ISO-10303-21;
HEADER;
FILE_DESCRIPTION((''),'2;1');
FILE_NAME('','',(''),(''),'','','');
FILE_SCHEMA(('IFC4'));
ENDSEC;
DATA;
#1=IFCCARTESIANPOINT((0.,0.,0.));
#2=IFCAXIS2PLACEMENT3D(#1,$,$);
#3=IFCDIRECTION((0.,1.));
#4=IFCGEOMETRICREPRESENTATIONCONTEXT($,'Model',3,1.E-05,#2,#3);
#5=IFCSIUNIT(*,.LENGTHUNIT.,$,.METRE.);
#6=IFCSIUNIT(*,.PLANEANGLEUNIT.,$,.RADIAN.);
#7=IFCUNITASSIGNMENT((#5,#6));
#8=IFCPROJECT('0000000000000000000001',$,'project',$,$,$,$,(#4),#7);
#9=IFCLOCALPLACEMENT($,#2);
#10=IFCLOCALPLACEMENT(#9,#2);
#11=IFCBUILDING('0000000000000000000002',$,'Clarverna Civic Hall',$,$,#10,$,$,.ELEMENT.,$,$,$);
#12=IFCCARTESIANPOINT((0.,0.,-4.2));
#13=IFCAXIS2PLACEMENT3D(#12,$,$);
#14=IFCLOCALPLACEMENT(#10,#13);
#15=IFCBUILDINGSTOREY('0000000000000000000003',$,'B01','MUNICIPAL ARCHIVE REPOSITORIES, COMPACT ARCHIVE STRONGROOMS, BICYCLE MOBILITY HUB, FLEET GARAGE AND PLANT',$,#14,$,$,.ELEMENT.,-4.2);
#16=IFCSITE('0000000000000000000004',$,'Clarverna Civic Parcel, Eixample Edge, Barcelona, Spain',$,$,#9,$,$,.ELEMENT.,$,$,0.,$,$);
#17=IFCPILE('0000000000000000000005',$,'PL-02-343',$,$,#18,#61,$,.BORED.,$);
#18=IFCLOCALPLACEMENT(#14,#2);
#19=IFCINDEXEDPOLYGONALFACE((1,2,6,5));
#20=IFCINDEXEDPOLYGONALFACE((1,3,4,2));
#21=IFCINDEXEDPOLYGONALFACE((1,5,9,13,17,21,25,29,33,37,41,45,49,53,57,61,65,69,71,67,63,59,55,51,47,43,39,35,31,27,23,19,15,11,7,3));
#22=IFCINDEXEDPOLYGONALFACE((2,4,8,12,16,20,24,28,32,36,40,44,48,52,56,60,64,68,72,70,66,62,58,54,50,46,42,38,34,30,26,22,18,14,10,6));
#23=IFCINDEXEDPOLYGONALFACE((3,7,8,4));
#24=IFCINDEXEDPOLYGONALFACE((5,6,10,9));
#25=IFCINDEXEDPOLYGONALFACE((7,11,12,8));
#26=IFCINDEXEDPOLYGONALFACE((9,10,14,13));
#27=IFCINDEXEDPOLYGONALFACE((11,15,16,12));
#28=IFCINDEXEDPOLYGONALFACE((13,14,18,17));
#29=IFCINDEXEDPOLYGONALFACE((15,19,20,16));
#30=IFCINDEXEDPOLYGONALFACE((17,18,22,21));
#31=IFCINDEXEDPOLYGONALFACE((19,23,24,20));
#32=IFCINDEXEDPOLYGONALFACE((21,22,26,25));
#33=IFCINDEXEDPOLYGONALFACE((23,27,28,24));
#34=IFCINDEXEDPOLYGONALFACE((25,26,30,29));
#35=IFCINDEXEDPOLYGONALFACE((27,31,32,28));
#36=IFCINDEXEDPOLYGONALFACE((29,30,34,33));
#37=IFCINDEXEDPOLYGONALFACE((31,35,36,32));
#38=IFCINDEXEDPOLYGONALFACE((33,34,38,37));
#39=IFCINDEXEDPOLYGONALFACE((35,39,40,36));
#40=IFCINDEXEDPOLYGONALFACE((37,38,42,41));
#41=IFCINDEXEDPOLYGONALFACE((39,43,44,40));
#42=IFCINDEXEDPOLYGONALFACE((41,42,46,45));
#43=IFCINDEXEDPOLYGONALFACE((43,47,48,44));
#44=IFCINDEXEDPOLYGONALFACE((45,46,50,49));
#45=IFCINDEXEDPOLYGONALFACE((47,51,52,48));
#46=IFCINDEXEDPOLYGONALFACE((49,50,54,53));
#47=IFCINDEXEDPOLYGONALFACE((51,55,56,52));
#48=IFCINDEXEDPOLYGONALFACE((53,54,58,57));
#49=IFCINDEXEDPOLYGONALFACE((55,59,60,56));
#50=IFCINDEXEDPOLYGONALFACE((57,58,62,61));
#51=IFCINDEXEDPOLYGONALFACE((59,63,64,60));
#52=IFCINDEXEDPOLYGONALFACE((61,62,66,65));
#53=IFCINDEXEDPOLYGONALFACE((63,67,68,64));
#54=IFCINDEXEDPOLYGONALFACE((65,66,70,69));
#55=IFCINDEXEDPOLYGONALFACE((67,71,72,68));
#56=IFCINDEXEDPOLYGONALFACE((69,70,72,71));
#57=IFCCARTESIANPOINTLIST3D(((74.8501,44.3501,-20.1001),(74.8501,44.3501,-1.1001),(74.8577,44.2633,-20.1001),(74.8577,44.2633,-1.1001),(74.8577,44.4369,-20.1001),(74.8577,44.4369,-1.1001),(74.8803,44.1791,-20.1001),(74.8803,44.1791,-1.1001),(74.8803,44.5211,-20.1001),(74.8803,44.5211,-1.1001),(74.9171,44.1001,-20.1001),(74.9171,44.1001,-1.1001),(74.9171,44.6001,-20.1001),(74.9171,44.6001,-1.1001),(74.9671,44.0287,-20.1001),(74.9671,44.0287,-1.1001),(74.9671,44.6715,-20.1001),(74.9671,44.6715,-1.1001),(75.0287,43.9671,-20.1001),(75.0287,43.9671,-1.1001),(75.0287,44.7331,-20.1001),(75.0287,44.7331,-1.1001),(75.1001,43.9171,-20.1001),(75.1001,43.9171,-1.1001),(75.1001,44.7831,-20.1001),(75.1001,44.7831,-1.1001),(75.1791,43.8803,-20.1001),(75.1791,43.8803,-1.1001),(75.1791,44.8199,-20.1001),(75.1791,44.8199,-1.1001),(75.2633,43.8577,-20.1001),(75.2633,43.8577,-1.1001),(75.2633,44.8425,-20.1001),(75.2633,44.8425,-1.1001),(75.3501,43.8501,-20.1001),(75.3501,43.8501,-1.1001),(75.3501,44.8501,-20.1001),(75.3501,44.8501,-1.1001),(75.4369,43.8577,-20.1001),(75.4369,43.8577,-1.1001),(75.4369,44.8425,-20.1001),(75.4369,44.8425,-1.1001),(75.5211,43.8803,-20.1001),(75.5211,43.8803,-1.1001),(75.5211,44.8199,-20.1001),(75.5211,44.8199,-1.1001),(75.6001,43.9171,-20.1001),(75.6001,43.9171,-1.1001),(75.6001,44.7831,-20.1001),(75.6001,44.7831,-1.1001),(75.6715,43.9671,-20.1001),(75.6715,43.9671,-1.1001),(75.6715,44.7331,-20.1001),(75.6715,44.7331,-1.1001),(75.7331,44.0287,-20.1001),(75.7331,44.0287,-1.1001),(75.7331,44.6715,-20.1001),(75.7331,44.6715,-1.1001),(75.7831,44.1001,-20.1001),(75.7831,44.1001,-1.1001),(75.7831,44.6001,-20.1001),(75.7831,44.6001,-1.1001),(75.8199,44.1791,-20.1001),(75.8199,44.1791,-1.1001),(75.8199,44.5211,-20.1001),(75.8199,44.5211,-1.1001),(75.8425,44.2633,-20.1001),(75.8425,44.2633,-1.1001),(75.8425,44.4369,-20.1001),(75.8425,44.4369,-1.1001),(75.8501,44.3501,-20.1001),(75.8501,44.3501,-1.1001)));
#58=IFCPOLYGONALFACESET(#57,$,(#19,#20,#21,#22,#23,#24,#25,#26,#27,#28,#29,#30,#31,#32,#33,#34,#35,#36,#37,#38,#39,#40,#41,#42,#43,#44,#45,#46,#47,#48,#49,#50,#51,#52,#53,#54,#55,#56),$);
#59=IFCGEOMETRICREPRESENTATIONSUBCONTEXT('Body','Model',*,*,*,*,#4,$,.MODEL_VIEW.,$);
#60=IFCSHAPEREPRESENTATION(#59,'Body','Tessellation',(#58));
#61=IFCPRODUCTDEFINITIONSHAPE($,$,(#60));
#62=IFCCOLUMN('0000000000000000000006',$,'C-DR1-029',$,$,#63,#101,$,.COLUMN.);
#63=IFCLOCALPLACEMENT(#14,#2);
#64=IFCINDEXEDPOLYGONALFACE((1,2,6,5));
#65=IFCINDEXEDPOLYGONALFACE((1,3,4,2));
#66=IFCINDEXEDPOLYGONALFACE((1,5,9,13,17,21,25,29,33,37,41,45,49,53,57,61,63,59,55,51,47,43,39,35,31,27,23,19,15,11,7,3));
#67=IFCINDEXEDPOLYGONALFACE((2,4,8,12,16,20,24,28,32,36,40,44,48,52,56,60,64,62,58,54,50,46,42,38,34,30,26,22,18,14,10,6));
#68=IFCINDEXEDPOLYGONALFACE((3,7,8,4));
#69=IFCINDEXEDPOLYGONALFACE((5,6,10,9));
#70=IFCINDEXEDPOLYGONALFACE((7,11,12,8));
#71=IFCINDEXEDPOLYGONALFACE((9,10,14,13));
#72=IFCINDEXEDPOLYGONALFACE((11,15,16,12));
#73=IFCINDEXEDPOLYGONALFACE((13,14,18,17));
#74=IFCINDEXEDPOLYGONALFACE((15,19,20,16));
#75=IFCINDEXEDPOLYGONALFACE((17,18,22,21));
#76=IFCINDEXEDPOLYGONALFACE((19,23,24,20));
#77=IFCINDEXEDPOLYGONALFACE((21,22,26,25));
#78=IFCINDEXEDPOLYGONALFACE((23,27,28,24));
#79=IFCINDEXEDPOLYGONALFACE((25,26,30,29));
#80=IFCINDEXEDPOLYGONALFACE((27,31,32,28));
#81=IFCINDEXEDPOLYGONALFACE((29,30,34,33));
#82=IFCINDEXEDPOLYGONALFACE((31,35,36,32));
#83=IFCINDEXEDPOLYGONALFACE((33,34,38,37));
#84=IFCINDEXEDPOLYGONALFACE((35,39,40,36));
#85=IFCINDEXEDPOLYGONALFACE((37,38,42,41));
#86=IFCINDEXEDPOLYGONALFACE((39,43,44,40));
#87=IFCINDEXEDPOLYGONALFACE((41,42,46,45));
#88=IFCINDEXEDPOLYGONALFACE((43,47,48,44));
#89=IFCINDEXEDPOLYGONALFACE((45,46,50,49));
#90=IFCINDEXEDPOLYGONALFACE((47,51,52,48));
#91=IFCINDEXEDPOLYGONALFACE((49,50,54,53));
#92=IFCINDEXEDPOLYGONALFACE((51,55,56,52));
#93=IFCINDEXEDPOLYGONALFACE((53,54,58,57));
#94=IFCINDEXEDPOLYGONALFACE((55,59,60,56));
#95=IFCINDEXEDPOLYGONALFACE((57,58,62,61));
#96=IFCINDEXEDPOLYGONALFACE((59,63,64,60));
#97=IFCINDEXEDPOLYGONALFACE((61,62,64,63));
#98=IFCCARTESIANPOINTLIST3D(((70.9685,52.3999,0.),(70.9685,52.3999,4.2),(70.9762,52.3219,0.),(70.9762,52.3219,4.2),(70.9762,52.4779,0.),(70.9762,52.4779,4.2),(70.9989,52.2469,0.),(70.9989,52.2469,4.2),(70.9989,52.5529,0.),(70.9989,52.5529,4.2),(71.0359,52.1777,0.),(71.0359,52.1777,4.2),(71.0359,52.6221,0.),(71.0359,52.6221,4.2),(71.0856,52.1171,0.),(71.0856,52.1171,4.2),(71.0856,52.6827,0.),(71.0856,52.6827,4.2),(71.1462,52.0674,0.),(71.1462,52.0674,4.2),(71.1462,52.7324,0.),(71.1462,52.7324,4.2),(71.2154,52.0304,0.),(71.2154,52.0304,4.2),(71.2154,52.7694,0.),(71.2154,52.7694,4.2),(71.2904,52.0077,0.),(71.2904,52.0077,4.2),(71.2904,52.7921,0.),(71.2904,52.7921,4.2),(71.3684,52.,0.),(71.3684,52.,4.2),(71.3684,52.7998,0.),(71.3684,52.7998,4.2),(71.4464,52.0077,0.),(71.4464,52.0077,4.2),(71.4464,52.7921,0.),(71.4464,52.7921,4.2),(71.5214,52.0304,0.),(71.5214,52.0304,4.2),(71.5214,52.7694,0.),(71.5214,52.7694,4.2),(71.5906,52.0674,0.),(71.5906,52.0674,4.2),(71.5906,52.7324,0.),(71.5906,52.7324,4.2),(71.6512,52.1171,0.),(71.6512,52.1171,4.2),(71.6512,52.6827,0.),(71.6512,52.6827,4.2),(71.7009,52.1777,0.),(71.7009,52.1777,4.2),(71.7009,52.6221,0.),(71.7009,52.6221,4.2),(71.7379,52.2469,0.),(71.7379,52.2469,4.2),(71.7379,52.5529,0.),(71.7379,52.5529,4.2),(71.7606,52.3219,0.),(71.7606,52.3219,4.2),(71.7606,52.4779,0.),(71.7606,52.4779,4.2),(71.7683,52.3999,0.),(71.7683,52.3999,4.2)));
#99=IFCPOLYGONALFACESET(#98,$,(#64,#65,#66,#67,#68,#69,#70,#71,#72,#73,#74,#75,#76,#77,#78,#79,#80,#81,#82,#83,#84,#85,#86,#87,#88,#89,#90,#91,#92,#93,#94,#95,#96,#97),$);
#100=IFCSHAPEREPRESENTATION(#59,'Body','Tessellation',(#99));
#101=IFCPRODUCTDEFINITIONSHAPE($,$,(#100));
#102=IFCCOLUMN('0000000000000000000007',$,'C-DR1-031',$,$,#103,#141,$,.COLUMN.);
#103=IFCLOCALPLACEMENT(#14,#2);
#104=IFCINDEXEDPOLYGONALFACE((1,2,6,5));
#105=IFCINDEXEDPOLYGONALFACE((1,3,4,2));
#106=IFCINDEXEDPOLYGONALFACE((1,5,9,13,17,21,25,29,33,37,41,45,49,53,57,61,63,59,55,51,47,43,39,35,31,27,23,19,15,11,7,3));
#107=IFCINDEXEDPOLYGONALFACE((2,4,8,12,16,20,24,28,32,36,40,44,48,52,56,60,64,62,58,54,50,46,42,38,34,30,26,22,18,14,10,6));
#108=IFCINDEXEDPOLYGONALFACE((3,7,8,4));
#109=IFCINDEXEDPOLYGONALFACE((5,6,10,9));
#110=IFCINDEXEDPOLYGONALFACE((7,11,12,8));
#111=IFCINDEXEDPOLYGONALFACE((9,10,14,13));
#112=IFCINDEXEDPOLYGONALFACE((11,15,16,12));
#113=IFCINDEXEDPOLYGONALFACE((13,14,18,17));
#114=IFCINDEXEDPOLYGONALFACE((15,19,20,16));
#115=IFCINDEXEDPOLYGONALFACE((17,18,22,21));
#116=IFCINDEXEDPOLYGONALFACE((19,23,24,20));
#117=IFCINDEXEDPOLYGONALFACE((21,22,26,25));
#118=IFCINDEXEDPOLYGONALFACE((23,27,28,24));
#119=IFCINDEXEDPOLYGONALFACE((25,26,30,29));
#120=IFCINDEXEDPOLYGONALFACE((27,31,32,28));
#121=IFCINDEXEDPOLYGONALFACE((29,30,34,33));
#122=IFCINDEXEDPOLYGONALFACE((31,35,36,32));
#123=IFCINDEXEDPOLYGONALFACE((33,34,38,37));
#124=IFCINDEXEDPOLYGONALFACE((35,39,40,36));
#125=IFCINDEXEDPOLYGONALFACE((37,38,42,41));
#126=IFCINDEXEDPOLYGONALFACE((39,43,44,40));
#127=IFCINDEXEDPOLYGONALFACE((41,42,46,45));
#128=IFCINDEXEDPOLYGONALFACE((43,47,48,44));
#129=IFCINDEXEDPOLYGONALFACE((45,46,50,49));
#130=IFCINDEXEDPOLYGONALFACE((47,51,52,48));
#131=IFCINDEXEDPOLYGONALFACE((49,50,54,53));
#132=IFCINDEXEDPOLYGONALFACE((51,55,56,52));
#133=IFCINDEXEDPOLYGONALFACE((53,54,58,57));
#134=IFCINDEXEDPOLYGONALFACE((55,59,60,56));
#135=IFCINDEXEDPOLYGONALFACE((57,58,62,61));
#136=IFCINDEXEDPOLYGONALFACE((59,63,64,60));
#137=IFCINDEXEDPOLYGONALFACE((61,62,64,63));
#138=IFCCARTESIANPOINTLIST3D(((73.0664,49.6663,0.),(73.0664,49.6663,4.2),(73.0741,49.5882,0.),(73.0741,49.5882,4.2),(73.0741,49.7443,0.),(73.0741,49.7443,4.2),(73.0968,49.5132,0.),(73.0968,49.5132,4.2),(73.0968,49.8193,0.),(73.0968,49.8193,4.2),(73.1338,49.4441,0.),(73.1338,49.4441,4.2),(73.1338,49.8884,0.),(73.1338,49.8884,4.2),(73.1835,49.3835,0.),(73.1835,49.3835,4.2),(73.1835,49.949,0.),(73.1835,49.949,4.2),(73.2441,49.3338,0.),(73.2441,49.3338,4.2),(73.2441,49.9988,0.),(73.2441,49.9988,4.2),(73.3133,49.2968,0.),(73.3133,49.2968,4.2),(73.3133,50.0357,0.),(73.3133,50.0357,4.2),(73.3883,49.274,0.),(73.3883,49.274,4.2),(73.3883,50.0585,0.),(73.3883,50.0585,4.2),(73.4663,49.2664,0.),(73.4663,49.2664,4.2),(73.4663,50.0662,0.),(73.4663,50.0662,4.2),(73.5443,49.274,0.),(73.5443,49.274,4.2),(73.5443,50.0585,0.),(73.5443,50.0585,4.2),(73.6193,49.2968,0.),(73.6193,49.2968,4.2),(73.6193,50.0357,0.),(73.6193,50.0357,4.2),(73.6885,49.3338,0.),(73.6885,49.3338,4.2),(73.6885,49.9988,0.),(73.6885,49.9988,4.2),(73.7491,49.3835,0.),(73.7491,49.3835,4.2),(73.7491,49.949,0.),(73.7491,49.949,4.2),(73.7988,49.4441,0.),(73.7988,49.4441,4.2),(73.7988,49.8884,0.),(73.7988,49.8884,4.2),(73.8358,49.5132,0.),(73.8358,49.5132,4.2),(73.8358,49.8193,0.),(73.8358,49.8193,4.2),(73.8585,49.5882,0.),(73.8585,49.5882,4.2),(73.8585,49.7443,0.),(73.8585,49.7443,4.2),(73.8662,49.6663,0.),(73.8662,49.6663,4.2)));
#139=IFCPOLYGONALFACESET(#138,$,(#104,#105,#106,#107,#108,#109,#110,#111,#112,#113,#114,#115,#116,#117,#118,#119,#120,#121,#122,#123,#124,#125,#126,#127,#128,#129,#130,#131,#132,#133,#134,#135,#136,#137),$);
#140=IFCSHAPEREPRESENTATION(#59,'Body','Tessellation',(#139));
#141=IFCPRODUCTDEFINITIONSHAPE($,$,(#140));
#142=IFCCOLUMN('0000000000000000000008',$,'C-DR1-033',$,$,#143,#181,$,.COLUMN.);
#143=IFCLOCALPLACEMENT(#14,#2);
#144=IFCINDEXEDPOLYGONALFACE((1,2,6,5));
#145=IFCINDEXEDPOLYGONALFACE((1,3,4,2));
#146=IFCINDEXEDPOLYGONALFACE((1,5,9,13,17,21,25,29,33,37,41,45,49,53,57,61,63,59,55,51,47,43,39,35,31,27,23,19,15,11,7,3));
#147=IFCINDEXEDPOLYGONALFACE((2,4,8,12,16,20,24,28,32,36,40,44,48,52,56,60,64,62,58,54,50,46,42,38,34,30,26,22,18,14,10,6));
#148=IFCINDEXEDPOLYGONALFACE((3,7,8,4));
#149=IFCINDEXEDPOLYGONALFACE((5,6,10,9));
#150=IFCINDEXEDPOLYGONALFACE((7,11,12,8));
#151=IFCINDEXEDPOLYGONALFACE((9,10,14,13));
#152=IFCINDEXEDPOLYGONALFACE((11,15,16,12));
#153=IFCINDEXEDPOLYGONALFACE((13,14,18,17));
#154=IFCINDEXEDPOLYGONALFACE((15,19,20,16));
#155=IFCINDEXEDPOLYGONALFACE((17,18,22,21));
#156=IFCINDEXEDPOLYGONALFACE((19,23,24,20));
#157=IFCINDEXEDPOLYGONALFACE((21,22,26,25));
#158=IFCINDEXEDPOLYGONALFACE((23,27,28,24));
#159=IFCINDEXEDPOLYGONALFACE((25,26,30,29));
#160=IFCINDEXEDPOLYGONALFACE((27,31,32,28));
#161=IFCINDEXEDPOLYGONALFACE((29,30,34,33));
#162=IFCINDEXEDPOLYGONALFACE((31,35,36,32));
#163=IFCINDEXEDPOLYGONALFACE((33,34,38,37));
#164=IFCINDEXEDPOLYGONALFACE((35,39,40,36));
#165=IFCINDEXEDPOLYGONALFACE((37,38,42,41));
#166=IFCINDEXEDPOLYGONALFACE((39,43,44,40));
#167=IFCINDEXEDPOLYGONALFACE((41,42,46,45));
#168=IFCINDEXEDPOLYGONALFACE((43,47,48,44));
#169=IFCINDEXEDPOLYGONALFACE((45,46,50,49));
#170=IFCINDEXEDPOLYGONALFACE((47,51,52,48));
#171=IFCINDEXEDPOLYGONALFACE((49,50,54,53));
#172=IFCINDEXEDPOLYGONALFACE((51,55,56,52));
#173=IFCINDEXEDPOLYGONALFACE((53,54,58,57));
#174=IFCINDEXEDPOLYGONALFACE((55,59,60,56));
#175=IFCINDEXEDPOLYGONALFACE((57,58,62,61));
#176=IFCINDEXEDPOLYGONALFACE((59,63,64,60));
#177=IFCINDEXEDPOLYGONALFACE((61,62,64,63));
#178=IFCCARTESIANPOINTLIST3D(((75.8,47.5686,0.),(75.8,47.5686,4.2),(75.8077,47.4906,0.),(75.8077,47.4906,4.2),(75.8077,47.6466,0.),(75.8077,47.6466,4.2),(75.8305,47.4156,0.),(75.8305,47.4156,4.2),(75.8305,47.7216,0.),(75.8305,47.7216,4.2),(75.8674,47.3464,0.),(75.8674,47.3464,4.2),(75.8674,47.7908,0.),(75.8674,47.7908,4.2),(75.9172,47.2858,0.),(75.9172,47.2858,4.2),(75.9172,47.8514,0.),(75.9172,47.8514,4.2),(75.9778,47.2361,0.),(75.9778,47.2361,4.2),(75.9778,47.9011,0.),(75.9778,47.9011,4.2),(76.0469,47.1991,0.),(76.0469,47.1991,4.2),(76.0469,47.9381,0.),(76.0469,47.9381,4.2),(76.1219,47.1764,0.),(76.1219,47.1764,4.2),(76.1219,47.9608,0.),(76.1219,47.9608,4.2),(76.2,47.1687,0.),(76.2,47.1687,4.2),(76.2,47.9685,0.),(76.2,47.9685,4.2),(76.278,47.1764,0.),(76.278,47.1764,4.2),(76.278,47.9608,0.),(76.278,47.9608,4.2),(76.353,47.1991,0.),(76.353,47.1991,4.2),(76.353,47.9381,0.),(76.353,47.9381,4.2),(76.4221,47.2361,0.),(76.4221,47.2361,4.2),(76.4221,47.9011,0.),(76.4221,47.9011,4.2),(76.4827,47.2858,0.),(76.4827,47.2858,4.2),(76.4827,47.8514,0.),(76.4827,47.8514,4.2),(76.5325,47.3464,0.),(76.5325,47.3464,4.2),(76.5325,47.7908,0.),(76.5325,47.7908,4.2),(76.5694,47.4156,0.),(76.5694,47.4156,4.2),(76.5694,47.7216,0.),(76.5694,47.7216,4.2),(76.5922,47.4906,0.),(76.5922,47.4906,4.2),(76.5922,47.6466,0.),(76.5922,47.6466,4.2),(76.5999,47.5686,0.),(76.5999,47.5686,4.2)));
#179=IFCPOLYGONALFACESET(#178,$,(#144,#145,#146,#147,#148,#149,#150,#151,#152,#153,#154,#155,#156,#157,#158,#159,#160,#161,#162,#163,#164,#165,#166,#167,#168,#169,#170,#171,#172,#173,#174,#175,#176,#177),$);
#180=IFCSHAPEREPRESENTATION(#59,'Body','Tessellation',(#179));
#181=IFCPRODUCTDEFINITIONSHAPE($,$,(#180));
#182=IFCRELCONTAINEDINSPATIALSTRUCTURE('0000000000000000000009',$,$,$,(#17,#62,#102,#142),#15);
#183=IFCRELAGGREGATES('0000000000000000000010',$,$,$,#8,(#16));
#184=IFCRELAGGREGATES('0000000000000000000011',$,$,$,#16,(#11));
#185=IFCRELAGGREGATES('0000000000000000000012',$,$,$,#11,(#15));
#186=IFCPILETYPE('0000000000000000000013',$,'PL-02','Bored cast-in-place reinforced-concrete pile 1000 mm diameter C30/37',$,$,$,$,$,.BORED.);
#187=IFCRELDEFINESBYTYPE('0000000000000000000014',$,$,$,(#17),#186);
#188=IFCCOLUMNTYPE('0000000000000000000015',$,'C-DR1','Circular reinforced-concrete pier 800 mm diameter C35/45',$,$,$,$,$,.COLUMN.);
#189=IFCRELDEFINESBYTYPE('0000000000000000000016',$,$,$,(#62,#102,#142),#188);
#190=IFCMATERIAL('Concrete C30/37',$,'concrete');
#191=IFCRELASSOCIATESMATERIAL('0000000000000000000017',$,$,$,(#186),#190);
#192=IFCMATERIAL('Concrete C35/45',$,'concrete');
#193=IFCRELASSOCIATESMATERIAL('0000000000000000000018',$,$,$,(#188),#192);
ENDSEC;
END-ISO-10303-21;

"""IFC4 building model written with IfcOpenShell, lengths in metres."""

from ifc_helpers import new_model, si_unit, direction, frame, origin, origin_2d, place, context, subcontext, project, spatial, circle, extrude, material, material_profile, profile_set, type_object, element, save


model = new_model("IFC4")

# Units and contexts
model_context = context("Model", 3, precision=1e-05, world=origin(), true_north=direction((0.0, 1.0)))
body_context = subcontext(model_context, "Body", "Model", "MODEL_VIEW")
ifc_project = project(units=[si_unit("LENGTHUNIT", "METRE"), si_unit("PLANEANGLEUNIT", "RADIAN")], contexts=[model_context])

# Site, building, storey
site_placement = place(None, origin())
site = spatial("IfcSite", under=ifc_project, at=site_placement, Name="Clarverna Civic Parcel, Eixample Edge, Barcelona, Spain", CompositionType="ELEMENT", RefElevation=0.0)
building_placement = place(site_placement, origin())
building = spatial("IfcBuilding", under=site, at=building_placement, Name="Clarverna Civic Hall", CompositionType="ELEMENT")
storey_placement = place(building_placement, frame((0.0, 0.0, -4.2)))
storey = spatial("IfcBuildingStorey", under=building, at=storey_placement, Name="B01", Description="MUNICIPAL ARCHIVE REPOSITORIES, COMPACT ARCHIVE STRONGROOMS, BICYCLE MOBILITY HUB, FLEET GARAGE AND PLANT", CompositionType="ELEMENT", Elevation=-4.2)

# Shared definitions
ifc_material_1 = material(Name="Concrete C30/37", Category="concrete")

# Pile
ifc_material_profile_1 = material_profile(ifc_material_1, circle(Radius=0.5, at=origin_2d()), Name="BORED PILE D1000")
ifc_profile_set_1 = profile_set([ifc_material_profile_1], Name="Concrete C30/37")
pile_type_1 = type_object("IfcPileType", Name="PL-02", Description="Bored cast-in-place reinforced-concrete pile 1000 mm diameter C30/37", PredefinedType="BORED", material=ifc_profile_set_1)
for number, where, z_axis, x_axis, name in (
    (1, (75.3501, 44.3501, -1.1001), (0.0, 0.0, -1.0), (1.0, 0.0, 0.0), "PL-02-343"),
):
    element("IfcPile", number, at=place(storey_placement, frame(where, z_axis=z_axis, x_axis=x_axis)), inside=storey, type_object=pile_type_1, Name=name, PredefinedType="BORED", context=body_context, shape_type="SweptSolid", body=[
        extrude(circle(Radius=0.5, at=origin_2d()), origin(), (0.0, 0.0, 1.0), 19.0),
    ])

# Columns
ifc_material_2 = material(Name="Concrete C35/45", Category="concrete")
ifc_material_profile_2 = material_profile(ifc_material_2, circle(Radius=0.3999, at=origin_2d()), Name="RC D800")
ifc_profile_set_2 = profile_set([ifc_material_profile_2], Name="Concrete C35/45")
column_type = type_object("IfcColumnType", Name="C-DR1", Description="Circular reinforced-concrete pier 800 mm diameter C35/45", PredefinedType="COLUMN", material=ifc_profile_set_2)
for number, where, z_axis, x_axis, name in (
    (2, (71.3684, 52.3999, 0.0), (0.0, 0.0, 1.0), (1.0, 0.0, 0.0), "C-DR1-029"),
    (3, (73.4663, 49.6663, 0.0), (0.0, 0.0, 1.0), (1.0, 0.0, 0.0), "C-DR1-031"),
    (4, (76.2, 47.5686, 0.0), (0.0, 0.0, 1.0), (1.0, 0.0, 0.0), "C-DR1-033"),
):
    element("IfcColumn", number, at=place(storey_placement, frame(where, z_axis=z_axis, x_axis=x_axis)), inside=storey, type_object=column_type, Name=name, PredefinedType="COLUMN", context=body_context, shape_type="SweptSolid", body=[
        extrude(circle(Radius=0.3999, at=origin_2d()), origin(), (0.0, 0.0, 1.0), 4.2),
    ])

save(model, "model.ifc")
